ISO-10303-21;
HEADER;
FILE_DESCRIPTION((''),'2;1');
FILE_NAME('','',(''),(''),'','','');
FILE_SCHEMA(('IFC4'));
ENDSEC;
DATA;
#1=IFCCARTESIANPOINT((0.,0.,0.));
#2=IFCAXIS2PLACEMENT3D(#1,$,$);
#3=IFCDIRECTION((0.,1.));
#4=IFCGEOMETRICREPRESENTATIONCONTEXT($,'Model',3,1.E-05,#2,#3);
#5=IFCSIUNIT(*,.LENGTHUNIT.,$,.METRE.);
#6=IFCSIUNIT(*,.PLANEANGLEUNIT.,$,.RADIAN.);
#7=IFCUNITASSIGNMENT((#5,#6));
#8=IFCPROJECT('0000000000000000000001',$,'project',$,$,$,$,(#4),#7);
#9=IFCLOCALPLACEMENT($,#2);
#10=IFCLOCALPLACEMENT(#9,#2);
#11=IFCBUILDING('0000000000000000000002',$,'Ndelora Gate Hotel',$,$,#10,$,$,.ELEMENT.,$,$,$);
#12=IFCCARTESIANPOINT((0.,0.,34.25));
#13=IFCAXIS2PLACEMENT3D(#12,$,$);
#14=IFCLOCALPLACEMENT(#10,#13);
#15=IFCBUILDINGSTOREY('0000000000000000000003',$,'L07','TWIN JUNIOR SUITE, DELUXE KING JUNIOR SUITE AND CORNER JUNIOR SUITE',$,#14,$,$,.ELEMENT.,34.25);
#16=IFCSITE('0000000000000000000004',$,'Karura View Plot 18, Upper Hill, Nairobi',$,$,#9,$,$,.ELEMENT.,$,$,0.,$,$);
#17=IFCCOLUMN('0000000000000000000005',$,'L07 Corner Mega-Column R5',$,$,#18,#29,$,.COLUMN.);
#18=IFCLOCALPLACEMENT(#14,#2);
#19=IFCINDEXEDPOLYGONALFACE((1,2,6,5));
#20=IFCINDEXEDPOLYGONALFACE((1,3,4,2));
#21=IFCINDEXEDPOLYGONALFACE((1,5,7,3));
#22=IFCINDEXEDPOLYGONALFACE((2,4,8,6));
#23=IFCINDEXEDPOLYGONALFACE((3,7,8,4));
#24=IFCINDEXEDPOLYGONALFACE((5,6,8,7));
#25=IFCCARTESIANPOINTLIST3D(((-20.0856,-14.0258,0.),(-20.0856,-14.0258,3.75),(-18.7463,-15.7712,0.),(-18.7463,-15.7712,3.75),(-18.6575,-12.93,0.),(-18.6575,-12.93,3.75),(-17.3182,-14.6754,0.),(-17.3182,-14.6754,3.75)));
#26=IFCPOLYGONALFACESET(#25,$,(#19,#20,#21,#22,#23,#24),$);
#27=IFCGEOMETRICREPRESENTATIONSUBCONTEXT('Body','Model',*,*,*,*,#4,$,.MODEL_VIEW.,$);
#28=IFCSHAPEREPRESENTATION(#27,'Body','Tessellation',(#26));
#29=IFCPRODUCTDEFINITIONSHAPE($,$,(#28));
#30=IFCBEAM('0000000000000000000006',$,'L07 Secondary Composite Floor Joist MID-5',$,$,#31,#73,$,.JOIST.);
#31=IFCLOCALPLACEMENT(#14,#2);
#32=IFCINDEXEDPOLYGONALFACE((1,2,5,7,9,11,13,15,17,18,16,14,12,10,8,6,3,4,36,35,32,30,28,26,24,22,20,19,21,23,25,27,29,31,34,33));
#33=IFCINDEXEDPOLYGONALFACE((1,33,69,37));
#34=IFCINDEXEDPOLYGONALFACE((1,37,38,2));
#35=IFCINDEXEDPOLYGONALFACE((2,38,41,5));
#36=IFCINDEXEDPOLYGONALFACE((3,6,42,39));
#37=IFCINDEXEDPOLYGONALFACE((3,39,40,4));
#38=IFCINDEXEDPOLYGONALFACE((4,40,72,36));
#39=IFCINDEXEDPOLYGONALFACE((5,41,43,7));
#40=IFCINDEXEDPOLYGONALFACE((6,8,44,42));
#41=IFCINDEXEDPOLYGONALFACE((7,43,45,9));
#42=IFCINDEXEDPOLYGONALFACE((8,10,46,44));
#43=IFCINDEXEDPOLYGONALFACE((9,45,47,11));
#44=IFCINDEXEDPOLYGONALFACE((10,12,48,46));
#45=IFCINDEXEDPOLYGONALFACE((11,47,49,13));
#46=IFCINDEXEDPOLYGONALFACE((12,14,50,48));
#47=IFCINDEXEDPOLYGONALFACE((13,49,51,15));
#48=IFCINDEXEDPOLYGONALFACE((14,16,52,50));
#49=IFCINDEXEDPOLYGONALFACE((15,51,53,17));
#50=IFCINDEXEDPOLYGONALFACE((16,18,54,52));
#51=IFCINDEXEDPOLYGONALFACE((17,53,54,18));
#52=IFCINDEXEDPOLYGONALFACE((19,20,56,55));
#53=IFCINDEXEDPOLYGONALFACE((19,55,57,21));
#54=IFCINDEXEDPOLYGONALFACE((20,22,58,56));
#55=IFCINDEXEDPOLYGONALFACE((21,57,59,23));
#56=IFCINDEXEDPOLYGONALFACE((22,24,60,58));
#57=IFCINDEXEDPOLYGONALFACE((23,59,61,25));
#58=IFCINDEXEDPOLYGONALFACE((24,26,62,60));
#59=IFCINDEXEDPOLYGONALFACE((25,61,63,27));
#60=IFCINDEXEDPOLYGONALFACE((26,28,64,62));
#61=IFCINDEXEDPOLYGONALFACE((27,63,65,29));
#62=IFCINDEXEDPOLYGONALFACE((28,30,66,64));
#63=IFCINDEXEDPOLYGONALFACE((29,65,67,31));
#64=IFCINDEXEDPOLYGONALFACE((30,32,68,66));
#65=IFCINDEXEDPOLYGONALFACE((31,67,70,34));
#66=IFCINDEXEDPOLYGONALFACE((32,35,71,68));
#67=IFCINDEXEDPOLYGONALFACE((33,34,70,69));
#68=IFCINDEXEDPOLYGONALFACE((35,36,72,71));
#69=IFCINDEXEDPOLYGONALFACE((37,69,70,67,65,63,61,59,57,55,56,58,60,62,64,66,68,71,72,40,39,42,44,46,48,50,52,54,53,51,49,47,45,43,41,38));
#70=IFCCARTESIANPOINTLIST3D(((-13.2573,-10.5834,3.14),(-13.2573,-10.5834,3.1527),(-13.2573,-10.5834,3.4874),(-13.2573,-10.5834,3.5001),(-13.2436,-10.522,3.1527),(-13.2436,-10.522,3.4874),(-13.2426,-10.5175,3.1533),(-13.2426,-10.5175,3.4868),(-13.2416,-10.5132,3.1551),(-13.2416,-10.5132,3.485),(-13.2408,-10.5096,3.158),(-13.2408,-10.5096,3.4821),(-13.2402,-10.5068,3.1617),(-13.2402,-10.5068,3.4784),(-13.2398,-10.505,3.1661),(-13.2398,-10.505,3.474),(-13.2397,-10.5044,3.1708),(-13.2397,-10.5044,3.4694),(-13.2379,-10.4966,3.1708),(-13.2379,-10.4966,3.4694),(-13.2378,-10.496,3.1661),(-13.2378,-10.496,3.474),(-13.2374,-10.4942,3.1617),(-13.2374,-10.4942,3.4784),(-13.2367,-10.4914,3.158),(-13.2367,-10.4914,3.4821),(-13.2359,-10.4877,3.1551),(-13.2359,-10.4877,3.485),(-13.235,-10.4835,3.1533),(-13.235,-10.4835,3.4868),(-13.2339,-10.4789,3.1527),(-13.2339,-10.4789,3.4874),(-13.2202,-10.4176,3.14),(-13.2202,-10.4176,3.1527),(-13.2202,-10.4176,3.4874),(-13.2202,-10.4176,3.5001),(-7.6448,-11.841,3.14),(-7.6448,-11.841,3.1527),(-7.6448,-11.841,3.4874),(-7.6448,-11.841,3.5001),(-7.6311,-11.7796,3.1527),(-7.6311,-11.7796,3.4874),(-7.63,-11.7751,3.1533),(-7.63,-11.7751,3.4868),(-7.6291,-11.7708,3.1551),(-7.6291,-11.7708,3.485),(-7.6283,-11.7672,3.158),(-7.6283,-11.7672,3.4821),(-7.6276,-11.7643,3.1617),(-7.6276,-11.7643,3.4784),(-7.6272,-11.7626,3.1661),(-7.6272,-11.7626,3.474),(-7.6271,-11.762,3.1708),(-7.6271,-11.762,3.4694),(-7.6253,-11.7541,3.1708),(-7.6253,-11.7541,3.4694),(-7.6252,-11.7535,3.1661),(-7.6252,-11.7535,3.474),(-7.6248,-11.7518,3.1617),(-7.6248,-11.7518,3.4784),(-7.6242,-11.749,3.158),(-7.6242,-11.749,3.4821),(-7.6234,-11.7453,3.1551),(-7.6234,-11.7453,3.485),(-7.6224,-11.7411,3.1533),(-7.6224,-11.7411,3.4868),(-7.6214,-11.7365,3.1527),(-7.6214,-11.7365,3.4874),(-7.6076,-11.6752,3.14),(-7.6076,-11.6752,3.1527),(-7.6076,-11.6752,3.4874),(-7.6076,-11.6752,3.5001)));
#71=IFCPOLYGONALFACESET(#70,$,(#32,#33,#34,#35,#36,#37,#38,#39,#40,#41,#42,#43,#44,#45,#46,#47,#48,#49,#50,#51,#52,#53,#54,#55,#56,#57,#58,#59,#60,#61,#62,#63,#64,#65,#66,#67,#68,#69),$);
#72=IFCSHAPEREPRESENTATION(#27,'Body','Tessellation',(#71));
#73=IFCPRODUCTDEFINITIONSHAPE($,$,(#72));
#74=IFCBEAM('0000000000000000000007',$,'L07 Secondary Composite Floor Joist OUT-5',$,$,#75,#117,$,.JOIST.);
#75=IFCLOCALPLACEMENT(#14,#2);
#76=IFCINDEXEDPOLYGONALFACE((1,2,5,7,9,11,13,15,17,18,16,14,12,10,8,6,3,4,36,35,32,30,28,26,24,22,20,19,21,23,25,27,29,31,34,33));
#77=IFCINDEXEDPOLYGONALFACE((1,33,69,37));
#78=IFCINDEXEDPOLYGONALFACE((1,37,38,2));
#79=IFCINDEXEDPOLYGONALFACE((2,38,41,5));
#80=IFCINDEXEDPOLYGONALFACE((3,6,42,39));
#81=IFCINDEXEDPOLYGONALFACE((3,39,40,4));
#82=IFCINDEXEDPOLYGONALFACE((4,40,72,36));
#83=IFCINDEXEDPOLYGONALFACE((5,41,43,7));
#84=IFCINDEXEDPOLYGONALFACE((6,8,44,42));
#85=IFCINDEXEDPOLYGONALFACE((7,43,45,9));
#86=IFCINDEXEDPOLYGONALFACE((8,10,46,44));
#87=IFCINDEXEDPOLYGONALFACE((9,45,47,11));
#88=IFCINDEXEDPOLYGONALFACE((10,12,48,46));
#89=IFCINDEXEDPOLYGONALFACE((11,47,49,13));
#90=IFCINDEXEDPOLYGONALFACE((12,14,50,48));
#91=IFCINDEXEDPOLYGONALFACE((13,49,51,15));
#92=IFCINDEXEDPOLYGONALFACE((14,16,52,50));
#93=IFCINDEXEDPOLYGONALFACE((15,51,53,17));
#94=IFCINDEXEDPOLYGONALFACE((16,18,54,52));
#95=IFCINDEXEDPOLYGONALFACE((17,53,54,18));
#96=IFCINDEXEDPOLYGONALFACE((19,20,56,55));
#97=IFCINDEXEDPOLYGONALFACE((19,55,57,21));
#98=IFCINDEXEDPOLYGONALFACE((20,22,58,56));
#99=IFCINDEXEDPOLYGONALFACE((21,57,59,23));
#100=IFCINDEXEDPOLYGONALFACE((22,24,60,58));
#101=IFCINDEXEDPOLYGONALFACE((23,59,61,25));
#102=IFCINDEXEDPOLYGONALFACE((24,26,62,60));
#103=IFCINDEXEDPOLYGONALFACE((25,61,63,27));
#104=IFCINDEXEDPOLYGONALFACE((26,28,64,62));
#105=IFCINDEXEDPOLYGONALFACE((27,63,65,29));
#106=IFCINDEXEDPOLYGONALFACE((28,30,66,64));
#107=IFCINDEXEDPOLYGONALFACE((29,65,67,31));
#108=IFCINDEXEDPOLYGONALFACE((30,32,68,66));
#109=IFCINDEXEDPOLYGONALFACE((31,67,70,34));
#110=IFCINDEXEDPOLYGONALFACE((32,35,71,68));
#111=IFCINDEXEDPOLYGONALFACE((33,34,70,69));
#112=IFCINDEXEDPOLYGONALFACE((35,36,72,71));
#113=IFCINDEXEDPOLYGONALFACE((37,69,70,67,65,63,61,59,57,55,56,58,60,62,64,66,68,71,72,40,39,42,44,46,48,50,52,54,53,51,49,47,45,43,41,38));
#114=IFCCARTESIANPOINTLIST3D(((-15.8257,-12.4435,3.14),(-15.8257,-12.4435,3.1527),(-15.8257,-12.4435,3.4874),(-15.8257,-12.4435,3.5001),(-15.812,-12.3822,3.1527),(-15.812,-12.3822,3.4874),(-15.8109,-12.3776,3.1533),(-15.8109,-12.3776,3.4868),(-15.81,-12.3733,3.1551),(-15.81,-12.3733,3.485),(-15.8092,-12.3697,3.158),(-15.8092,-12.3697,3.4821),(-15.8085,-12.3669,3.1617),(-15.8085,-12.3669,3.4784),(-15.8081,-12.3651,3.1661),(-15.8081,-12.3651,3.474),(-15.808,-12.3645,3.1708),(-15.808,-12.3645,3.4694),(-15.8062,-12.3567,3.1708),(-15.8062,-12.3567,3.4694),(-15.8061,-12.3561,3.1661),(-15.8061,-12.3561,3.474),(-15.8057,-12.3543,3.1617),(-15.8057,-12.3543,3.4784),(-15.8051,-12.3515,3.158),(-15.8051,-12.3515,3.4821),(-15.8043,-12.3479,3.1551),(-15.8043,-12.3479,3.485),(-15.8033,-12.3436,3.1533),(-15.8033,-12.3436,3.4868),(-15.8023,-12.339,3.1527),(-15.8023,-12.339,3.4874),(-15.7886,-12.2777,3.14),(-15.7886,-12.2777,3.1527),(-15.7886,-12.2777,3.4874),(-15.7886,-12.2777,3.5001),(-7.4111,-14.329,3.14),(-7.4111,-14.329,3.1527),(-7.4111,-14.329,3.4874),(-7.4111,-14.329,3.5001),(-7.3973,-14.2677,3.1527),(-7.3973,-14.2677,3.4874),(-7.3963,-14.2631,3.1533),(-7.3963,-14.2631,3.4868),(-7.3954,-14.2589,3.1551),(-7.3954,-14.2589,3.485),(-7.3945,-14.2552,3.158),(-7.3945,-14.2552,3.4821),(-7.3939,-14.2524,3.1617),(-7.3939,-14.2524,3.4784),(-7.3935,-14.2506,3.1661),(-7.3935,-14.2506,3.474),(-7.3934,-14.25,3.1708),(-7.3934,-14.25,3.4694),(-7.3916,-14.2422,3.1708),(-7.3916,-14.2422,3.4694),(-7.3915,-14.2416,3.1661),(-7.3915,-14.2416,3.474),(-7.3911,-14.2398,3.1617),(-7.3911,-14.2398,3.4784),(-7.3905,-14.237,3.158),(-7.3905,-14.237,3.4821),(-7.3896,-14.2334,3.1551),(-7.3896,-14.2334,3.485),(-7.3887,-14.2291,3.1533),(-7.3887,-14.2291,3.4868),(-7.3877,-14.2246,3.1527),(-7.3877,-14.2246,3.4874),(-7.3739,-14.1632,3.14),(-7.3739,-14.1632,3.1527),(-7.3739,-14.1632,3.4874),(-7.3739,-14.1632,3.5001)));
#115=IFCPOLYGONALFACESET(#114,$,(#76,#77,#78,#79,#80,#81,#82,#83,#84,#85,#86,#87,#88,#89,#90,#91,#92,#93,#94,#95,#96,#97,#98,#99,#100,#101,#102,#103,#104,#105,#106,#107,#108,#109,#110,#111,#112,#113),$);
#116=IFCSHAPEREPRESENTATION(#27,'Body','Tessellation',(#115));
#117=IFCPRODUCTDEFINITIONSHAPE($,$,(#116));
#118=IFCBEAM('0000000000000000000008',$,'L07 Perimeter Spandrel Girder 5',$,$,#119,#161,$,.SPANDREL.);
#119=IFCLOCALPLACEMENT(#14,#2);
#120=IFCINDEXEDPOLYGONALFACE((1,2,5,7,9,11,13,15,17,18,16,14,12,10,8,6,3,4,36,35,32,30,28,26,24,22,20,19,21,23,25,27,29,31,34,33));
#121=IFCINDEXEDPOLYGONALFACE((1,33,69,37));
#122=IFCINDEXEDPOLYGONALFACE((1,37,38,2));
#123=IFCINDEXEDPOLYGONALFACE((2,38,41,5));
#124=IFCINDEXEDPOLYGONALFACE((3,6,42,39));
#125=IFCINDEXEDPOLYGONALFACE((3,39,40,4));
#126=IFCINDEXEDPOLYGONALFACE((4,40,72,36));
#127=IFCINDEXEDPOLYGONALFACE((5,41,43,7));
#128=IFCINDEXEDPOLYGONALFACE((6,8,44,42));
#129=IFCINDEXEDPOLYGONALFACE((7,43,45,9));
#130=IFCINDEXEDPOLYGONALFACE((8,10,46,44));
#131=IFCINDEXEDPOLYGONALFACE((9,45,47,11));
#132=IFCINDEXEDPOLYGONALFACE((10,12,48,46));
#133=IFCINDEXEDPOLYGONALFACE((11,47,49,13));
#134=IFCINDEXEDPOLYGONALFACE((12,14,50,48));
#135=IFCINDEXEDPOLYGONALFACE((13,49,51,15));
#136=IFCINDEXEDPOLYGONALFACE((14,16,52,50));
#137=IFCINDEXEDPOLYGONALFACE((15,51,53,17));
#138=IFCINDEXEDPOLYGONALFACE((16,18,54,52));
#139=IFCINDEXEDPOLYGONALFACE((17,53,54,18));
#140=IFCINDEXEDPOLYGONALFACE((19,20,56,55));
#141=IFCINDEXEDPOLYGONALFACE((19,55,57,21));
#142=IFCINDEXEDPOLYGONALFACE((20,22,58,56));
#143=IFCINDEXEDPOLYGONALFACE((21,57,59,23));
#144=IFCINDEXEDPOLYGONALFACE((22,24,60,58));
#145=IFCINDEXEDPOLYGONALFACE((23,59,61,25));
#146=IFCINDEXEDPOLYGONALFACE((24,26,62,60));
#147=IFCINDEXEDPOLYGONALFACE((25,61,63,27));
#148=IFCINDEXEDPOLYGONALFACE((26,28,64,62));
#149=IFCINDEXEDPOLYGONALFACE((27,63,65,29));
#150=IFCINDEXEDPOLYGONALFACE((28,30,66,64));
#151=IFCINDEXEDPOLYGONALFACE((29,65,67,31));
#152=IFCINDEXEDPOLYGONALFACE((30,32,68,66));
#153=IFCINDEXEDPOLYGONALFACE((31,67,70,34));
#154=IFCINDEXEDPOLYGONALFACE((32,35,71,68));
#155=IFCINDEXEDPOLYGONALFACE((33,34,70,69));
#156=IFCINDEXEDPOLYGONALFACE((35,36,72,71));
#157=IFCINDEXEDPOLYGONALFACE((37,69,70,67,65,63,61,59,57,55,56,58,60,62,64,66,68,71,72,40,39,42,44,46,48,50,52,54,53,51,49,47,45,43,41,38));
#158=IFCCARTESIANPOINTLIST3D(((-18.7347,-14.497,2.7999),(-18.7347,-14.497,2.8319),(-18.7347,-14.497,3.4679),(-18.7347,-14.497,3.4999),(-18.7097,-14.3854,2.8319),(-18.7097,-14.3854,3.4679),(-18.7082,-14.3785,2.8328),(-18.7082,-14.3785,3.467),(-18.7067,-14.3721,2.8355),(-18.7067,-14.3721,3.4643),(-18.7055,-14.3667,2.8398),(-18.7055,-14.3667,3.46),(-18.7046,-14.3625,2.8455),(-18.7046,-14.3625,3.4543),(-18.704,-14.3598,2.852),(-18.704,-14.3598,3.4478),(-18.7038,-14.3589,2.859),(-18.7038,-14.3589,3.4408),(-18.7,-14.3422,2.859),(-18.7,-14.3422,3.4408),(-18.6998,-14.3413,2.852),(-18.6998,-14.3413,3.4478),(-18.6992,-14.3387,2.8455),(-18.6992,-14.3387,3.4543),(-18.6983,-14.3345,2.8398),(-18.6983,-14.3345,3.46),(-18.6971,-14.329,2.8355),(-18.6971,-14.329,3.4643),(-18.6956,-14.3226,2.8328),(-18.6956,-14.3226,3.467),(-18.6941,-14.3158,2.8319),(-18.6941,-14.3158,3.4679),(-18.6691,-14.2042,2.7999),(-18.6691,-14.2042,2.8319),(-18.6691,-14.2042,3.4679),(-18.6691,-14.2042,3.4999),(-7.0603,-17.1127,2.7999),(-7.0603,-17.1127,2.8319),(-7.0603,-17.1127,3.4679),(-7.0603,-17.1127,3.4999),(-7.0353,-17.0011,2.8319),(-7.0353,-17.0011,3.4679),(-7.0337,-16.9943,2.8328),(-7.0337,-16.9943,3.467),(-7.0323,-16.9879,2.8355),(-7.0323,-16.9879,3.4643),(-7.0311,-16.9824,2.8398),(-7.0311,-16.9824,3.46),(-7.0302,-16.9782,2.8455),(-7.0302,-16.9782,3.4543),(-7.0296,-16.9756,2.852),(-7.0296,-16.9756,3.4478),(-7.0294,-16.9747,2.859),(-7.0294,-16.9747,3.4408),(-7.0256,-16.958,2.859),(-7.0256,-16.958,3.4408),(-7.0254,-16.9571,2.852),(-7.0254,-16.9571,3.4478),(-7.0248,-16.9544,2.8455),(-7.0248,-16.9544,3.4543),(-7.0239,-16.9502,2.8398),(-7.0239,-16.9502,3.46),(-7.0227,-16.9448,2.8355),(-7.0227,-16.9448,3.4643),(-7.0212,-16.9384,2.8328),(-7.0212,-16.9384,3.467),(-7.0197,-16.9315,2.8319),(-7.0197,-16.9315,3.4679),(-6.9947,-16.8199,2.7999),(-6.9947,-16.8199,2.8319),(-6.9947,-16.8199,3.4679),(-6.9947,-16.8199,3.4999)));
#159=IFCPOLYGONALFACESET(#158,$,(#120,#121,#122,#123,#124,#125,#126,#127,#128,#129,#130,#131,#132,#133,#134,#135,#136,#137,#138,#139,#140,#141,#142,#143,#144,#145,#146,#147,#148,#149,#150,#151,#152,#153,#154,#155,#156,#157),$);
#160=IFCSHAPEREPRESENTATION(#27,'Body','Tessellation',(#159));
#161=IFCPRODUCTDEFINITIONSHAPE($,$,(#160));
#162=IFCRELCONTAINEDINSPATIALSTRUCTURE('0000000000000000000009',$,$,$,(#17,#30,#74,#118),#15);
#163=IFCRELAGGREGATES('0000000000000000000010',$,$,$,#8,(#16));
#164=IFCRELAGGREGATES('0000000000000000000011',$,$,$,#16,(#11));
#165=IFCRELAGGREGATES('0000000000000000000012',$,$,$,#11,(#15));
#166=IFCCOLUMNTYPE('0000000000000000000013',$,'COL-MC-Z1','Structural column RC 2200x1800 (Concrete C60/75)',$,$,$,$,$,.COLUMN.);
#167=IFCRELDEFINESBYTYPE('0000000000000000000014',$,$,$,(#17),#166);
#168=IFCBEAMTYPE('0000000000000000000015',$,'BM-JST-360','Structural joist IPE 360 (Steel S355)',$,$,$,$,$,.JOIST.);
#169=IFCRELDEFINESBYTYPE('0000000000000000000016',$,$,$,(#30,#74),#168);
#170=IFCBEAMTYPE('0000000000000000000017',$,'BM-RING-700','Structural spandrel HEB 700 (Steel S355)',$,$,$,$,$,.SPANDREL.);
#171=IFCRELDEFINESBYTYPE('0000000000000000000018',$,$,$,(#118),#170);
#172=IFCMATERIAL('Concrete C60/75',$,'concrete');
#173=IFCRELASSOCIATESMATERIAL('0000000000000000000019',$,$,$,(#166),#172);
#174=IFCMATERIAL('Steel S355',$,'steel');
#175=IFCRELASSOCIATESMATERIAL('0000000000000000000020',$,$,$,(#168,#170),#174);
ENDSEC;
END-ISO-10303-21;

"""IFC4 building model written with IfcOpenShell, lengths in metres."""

from ifc_helpers import new_model, si_unit, direction, frame, origin, origin_2d, place, context, subcontext, project, spatial, rectangle, i_section, extrude, material, material_profile, profile_set, type_object, element, save


model = new_model("IFC4")

# Units and contexts
model_context = context("Model", 3, precision=1e-05, world=origin(), true_north=direction((0.0, 1.0)))
body_context = subcontext(model_context, "Body", "Model", "MODEL_VIEW")
ifc_project = project(units=[si_unit("LENGTHUNIT", "METRE"), si_unit("PLANEANGLEUNIT", "RADIAN")], contexts=[model_context])

# Site, building, storey
site_placement = place(None, origin())
site = spatial("IfcSite", under=ifc_project, at=site_placement, Name="Karura View Plot 18, Upper Hill, Nairobi", CompositionType="ELEMENT", RefElevation=0.0)
building_placement = place(site_placement, origin())
building = spatial("IfcBuilding", under=site, at=building_placement, Name="Ndelora Gate Hotel", CompositionType="ELEMENT")
storey_placement = place(building_placement, frame((0.0, 0.0, 34.25)))
storey = spatial("IfcBuildingStorey", under=building, at=storey_placement, Name="L07", Description="TWIN JUNIOR SUITE, DELUXE KING JUNIOR SUITE AND CORNER JUNIOR SUITE", CompositionType="ELEMENT", Elevation=34.25)

# Column
ifc_material_1 = material(Name="Concrete C60/75", Category="concrete")
ifc_material_profile_1 = material_profile(ifc_material_1, rectangle(XDim=1.8, YDim=2.2, at=origin_2d()), Name="RC 2200x1800")
ifc_profile_set_1 = profile_set([ifc_material_profile_1], Name="Concrete C60/75")
column_type = type_object("IfcColumnType", Name="COL-MC-Z1", Description="Structural column RC 2200x1800 (Concrete C60/75)", PredefinedType="COLUMN", material=ifc_profile_set_1)
column_placement = place(storey_placement, frame((-18.7019, -14.3506, 0.0), z_axis=(0.0, 0.0, 1.0), x_axis=(0.793353, 0.608761, 0.0)))
element("IfcColumn", 1, at=column_placement, inside=storey, type_object=column_type, Name="L07 Corner Mega-Column R5", PredefinedType="COLUMN", context=body_context, shape_type="SweptSolid", body=[
    extrude(rectangle(XDim=1.8, YDim=2.2, at=origin_2d()), origin(), (0.0, 0.0, 1.0), 3.75),
])

# Beams
ifc_material_2 = material(Name="Steel S355", Category="steel")
ifc_material_profile_2 = material_profile(ifc_material_2, i_section(OverallWidth=0.1699, OverallDepth=0.3601, WebThickness=0.0081, FlangeThickness=0.0127, FilletRadius=0.0181, at=origin_2d()), Name="IPE 360")
ifc_profile_set_2 = profile_set([ifc_material_profile_2], Name="Steel S355")
beam_type_1 = type_object("IfcBeamType", Name="BM-JST-360", Description="Structural joist IPE 360 (Steel S355)", PredefinedType="JOIST", material=ifc_profile_set_2)
beam_1_placement = place(storey_placement, frame((-13.2388, -10.5005, 3.3201), z_axis=(0.975805, -0.218642, 0.0), x_axis=(0.218642, 0.975805, 0.0)))
element("IfcBeam", 2, at=beam_1_placement, inside=storey, type_object=beam_type_1, Name="L07 Secondary Composite Floor Joist MID-5", PredefinedType="JOIST", context=body_context, shape_type="SweptSolid", body=[
    extrude(i_section(OverallWidth=0.1699, OverallDepth=0.3601, WebThickness=0.0081, FlangeThickness=0.0127, FilletRadius=0.0181, at=origin_2d()), origin(), (0.0, 0.0, 1.0), 5.7517),
])
beam_2_placement = place(storey_placement, frame((-15.8071, -12.3606, 3.3201), z_axis=(0.975802, -0.218654, 0.0), x_axis=(0.218654, 0.975802, 0.0)))
element("IfcBeam", 3, at=beam_2_placement, inside=storey, type_object=beam_type_1, Name="L07 Secondary Composite Floor Joist OUT-5", PredefinedType="JOIST", context=body_context, shape_type="SweptSolid", body=[
    extrude(i_section(OverallWidth=0.1699, OverallDepth=0.3601, WebThickness=0.0081, FlangeThickness=0.0127, FilletRadius=0.0181, at=origin_2d()), origin(), (0.0, 0.0, 1.0), 8.6233),
])
ifc_material_profile_3 = material_profile(ifc_material_2, i_section(OverallWidth=0.3, OverallDepth=0.7, WebThickness=0.0171, FlangeThickness=0.032, FilletRadius=0.0271, at=origin_2d()), Name="HEB 700")
ifc_profile_set_3 = profile_set([ifc_material_profile_3], Name="Steel S355")
beam_type_2 = type_object("IfcBeamType", Name="BM-RING-700", Description="Structural spandrel HEB 700 (Steel S355)", PredefinedType="SPANDREL", material=ifc_profile_set_3)
beam_3_placement = place(storey_placement, frame((-18.7019, -14.3506, 3.1499), z_axis=(0.975806, -0.218637, 0.0), x_axis=(0.218637, 0.975806, 0.0)))
element("IfcBeam", 4, at=beam_3_placement, inside=storey, type_object=beam_type_2, Name="L07 Perimeter Spandrel Girder 5", PredefinedType="SPANDREL", context=body_context, shape_type="SweptSolid", body=[
    extrude(i_section(OverallWidth=0.3, OverallDepth=0.7, WebThickness=0.0171, FlangeThickness=0.032, FilletRadius=0.0271, at=origin_2d()), origin(), (0.0, 0.0, 1.0), 11.9639),
])

save(model, "model.ifc")
